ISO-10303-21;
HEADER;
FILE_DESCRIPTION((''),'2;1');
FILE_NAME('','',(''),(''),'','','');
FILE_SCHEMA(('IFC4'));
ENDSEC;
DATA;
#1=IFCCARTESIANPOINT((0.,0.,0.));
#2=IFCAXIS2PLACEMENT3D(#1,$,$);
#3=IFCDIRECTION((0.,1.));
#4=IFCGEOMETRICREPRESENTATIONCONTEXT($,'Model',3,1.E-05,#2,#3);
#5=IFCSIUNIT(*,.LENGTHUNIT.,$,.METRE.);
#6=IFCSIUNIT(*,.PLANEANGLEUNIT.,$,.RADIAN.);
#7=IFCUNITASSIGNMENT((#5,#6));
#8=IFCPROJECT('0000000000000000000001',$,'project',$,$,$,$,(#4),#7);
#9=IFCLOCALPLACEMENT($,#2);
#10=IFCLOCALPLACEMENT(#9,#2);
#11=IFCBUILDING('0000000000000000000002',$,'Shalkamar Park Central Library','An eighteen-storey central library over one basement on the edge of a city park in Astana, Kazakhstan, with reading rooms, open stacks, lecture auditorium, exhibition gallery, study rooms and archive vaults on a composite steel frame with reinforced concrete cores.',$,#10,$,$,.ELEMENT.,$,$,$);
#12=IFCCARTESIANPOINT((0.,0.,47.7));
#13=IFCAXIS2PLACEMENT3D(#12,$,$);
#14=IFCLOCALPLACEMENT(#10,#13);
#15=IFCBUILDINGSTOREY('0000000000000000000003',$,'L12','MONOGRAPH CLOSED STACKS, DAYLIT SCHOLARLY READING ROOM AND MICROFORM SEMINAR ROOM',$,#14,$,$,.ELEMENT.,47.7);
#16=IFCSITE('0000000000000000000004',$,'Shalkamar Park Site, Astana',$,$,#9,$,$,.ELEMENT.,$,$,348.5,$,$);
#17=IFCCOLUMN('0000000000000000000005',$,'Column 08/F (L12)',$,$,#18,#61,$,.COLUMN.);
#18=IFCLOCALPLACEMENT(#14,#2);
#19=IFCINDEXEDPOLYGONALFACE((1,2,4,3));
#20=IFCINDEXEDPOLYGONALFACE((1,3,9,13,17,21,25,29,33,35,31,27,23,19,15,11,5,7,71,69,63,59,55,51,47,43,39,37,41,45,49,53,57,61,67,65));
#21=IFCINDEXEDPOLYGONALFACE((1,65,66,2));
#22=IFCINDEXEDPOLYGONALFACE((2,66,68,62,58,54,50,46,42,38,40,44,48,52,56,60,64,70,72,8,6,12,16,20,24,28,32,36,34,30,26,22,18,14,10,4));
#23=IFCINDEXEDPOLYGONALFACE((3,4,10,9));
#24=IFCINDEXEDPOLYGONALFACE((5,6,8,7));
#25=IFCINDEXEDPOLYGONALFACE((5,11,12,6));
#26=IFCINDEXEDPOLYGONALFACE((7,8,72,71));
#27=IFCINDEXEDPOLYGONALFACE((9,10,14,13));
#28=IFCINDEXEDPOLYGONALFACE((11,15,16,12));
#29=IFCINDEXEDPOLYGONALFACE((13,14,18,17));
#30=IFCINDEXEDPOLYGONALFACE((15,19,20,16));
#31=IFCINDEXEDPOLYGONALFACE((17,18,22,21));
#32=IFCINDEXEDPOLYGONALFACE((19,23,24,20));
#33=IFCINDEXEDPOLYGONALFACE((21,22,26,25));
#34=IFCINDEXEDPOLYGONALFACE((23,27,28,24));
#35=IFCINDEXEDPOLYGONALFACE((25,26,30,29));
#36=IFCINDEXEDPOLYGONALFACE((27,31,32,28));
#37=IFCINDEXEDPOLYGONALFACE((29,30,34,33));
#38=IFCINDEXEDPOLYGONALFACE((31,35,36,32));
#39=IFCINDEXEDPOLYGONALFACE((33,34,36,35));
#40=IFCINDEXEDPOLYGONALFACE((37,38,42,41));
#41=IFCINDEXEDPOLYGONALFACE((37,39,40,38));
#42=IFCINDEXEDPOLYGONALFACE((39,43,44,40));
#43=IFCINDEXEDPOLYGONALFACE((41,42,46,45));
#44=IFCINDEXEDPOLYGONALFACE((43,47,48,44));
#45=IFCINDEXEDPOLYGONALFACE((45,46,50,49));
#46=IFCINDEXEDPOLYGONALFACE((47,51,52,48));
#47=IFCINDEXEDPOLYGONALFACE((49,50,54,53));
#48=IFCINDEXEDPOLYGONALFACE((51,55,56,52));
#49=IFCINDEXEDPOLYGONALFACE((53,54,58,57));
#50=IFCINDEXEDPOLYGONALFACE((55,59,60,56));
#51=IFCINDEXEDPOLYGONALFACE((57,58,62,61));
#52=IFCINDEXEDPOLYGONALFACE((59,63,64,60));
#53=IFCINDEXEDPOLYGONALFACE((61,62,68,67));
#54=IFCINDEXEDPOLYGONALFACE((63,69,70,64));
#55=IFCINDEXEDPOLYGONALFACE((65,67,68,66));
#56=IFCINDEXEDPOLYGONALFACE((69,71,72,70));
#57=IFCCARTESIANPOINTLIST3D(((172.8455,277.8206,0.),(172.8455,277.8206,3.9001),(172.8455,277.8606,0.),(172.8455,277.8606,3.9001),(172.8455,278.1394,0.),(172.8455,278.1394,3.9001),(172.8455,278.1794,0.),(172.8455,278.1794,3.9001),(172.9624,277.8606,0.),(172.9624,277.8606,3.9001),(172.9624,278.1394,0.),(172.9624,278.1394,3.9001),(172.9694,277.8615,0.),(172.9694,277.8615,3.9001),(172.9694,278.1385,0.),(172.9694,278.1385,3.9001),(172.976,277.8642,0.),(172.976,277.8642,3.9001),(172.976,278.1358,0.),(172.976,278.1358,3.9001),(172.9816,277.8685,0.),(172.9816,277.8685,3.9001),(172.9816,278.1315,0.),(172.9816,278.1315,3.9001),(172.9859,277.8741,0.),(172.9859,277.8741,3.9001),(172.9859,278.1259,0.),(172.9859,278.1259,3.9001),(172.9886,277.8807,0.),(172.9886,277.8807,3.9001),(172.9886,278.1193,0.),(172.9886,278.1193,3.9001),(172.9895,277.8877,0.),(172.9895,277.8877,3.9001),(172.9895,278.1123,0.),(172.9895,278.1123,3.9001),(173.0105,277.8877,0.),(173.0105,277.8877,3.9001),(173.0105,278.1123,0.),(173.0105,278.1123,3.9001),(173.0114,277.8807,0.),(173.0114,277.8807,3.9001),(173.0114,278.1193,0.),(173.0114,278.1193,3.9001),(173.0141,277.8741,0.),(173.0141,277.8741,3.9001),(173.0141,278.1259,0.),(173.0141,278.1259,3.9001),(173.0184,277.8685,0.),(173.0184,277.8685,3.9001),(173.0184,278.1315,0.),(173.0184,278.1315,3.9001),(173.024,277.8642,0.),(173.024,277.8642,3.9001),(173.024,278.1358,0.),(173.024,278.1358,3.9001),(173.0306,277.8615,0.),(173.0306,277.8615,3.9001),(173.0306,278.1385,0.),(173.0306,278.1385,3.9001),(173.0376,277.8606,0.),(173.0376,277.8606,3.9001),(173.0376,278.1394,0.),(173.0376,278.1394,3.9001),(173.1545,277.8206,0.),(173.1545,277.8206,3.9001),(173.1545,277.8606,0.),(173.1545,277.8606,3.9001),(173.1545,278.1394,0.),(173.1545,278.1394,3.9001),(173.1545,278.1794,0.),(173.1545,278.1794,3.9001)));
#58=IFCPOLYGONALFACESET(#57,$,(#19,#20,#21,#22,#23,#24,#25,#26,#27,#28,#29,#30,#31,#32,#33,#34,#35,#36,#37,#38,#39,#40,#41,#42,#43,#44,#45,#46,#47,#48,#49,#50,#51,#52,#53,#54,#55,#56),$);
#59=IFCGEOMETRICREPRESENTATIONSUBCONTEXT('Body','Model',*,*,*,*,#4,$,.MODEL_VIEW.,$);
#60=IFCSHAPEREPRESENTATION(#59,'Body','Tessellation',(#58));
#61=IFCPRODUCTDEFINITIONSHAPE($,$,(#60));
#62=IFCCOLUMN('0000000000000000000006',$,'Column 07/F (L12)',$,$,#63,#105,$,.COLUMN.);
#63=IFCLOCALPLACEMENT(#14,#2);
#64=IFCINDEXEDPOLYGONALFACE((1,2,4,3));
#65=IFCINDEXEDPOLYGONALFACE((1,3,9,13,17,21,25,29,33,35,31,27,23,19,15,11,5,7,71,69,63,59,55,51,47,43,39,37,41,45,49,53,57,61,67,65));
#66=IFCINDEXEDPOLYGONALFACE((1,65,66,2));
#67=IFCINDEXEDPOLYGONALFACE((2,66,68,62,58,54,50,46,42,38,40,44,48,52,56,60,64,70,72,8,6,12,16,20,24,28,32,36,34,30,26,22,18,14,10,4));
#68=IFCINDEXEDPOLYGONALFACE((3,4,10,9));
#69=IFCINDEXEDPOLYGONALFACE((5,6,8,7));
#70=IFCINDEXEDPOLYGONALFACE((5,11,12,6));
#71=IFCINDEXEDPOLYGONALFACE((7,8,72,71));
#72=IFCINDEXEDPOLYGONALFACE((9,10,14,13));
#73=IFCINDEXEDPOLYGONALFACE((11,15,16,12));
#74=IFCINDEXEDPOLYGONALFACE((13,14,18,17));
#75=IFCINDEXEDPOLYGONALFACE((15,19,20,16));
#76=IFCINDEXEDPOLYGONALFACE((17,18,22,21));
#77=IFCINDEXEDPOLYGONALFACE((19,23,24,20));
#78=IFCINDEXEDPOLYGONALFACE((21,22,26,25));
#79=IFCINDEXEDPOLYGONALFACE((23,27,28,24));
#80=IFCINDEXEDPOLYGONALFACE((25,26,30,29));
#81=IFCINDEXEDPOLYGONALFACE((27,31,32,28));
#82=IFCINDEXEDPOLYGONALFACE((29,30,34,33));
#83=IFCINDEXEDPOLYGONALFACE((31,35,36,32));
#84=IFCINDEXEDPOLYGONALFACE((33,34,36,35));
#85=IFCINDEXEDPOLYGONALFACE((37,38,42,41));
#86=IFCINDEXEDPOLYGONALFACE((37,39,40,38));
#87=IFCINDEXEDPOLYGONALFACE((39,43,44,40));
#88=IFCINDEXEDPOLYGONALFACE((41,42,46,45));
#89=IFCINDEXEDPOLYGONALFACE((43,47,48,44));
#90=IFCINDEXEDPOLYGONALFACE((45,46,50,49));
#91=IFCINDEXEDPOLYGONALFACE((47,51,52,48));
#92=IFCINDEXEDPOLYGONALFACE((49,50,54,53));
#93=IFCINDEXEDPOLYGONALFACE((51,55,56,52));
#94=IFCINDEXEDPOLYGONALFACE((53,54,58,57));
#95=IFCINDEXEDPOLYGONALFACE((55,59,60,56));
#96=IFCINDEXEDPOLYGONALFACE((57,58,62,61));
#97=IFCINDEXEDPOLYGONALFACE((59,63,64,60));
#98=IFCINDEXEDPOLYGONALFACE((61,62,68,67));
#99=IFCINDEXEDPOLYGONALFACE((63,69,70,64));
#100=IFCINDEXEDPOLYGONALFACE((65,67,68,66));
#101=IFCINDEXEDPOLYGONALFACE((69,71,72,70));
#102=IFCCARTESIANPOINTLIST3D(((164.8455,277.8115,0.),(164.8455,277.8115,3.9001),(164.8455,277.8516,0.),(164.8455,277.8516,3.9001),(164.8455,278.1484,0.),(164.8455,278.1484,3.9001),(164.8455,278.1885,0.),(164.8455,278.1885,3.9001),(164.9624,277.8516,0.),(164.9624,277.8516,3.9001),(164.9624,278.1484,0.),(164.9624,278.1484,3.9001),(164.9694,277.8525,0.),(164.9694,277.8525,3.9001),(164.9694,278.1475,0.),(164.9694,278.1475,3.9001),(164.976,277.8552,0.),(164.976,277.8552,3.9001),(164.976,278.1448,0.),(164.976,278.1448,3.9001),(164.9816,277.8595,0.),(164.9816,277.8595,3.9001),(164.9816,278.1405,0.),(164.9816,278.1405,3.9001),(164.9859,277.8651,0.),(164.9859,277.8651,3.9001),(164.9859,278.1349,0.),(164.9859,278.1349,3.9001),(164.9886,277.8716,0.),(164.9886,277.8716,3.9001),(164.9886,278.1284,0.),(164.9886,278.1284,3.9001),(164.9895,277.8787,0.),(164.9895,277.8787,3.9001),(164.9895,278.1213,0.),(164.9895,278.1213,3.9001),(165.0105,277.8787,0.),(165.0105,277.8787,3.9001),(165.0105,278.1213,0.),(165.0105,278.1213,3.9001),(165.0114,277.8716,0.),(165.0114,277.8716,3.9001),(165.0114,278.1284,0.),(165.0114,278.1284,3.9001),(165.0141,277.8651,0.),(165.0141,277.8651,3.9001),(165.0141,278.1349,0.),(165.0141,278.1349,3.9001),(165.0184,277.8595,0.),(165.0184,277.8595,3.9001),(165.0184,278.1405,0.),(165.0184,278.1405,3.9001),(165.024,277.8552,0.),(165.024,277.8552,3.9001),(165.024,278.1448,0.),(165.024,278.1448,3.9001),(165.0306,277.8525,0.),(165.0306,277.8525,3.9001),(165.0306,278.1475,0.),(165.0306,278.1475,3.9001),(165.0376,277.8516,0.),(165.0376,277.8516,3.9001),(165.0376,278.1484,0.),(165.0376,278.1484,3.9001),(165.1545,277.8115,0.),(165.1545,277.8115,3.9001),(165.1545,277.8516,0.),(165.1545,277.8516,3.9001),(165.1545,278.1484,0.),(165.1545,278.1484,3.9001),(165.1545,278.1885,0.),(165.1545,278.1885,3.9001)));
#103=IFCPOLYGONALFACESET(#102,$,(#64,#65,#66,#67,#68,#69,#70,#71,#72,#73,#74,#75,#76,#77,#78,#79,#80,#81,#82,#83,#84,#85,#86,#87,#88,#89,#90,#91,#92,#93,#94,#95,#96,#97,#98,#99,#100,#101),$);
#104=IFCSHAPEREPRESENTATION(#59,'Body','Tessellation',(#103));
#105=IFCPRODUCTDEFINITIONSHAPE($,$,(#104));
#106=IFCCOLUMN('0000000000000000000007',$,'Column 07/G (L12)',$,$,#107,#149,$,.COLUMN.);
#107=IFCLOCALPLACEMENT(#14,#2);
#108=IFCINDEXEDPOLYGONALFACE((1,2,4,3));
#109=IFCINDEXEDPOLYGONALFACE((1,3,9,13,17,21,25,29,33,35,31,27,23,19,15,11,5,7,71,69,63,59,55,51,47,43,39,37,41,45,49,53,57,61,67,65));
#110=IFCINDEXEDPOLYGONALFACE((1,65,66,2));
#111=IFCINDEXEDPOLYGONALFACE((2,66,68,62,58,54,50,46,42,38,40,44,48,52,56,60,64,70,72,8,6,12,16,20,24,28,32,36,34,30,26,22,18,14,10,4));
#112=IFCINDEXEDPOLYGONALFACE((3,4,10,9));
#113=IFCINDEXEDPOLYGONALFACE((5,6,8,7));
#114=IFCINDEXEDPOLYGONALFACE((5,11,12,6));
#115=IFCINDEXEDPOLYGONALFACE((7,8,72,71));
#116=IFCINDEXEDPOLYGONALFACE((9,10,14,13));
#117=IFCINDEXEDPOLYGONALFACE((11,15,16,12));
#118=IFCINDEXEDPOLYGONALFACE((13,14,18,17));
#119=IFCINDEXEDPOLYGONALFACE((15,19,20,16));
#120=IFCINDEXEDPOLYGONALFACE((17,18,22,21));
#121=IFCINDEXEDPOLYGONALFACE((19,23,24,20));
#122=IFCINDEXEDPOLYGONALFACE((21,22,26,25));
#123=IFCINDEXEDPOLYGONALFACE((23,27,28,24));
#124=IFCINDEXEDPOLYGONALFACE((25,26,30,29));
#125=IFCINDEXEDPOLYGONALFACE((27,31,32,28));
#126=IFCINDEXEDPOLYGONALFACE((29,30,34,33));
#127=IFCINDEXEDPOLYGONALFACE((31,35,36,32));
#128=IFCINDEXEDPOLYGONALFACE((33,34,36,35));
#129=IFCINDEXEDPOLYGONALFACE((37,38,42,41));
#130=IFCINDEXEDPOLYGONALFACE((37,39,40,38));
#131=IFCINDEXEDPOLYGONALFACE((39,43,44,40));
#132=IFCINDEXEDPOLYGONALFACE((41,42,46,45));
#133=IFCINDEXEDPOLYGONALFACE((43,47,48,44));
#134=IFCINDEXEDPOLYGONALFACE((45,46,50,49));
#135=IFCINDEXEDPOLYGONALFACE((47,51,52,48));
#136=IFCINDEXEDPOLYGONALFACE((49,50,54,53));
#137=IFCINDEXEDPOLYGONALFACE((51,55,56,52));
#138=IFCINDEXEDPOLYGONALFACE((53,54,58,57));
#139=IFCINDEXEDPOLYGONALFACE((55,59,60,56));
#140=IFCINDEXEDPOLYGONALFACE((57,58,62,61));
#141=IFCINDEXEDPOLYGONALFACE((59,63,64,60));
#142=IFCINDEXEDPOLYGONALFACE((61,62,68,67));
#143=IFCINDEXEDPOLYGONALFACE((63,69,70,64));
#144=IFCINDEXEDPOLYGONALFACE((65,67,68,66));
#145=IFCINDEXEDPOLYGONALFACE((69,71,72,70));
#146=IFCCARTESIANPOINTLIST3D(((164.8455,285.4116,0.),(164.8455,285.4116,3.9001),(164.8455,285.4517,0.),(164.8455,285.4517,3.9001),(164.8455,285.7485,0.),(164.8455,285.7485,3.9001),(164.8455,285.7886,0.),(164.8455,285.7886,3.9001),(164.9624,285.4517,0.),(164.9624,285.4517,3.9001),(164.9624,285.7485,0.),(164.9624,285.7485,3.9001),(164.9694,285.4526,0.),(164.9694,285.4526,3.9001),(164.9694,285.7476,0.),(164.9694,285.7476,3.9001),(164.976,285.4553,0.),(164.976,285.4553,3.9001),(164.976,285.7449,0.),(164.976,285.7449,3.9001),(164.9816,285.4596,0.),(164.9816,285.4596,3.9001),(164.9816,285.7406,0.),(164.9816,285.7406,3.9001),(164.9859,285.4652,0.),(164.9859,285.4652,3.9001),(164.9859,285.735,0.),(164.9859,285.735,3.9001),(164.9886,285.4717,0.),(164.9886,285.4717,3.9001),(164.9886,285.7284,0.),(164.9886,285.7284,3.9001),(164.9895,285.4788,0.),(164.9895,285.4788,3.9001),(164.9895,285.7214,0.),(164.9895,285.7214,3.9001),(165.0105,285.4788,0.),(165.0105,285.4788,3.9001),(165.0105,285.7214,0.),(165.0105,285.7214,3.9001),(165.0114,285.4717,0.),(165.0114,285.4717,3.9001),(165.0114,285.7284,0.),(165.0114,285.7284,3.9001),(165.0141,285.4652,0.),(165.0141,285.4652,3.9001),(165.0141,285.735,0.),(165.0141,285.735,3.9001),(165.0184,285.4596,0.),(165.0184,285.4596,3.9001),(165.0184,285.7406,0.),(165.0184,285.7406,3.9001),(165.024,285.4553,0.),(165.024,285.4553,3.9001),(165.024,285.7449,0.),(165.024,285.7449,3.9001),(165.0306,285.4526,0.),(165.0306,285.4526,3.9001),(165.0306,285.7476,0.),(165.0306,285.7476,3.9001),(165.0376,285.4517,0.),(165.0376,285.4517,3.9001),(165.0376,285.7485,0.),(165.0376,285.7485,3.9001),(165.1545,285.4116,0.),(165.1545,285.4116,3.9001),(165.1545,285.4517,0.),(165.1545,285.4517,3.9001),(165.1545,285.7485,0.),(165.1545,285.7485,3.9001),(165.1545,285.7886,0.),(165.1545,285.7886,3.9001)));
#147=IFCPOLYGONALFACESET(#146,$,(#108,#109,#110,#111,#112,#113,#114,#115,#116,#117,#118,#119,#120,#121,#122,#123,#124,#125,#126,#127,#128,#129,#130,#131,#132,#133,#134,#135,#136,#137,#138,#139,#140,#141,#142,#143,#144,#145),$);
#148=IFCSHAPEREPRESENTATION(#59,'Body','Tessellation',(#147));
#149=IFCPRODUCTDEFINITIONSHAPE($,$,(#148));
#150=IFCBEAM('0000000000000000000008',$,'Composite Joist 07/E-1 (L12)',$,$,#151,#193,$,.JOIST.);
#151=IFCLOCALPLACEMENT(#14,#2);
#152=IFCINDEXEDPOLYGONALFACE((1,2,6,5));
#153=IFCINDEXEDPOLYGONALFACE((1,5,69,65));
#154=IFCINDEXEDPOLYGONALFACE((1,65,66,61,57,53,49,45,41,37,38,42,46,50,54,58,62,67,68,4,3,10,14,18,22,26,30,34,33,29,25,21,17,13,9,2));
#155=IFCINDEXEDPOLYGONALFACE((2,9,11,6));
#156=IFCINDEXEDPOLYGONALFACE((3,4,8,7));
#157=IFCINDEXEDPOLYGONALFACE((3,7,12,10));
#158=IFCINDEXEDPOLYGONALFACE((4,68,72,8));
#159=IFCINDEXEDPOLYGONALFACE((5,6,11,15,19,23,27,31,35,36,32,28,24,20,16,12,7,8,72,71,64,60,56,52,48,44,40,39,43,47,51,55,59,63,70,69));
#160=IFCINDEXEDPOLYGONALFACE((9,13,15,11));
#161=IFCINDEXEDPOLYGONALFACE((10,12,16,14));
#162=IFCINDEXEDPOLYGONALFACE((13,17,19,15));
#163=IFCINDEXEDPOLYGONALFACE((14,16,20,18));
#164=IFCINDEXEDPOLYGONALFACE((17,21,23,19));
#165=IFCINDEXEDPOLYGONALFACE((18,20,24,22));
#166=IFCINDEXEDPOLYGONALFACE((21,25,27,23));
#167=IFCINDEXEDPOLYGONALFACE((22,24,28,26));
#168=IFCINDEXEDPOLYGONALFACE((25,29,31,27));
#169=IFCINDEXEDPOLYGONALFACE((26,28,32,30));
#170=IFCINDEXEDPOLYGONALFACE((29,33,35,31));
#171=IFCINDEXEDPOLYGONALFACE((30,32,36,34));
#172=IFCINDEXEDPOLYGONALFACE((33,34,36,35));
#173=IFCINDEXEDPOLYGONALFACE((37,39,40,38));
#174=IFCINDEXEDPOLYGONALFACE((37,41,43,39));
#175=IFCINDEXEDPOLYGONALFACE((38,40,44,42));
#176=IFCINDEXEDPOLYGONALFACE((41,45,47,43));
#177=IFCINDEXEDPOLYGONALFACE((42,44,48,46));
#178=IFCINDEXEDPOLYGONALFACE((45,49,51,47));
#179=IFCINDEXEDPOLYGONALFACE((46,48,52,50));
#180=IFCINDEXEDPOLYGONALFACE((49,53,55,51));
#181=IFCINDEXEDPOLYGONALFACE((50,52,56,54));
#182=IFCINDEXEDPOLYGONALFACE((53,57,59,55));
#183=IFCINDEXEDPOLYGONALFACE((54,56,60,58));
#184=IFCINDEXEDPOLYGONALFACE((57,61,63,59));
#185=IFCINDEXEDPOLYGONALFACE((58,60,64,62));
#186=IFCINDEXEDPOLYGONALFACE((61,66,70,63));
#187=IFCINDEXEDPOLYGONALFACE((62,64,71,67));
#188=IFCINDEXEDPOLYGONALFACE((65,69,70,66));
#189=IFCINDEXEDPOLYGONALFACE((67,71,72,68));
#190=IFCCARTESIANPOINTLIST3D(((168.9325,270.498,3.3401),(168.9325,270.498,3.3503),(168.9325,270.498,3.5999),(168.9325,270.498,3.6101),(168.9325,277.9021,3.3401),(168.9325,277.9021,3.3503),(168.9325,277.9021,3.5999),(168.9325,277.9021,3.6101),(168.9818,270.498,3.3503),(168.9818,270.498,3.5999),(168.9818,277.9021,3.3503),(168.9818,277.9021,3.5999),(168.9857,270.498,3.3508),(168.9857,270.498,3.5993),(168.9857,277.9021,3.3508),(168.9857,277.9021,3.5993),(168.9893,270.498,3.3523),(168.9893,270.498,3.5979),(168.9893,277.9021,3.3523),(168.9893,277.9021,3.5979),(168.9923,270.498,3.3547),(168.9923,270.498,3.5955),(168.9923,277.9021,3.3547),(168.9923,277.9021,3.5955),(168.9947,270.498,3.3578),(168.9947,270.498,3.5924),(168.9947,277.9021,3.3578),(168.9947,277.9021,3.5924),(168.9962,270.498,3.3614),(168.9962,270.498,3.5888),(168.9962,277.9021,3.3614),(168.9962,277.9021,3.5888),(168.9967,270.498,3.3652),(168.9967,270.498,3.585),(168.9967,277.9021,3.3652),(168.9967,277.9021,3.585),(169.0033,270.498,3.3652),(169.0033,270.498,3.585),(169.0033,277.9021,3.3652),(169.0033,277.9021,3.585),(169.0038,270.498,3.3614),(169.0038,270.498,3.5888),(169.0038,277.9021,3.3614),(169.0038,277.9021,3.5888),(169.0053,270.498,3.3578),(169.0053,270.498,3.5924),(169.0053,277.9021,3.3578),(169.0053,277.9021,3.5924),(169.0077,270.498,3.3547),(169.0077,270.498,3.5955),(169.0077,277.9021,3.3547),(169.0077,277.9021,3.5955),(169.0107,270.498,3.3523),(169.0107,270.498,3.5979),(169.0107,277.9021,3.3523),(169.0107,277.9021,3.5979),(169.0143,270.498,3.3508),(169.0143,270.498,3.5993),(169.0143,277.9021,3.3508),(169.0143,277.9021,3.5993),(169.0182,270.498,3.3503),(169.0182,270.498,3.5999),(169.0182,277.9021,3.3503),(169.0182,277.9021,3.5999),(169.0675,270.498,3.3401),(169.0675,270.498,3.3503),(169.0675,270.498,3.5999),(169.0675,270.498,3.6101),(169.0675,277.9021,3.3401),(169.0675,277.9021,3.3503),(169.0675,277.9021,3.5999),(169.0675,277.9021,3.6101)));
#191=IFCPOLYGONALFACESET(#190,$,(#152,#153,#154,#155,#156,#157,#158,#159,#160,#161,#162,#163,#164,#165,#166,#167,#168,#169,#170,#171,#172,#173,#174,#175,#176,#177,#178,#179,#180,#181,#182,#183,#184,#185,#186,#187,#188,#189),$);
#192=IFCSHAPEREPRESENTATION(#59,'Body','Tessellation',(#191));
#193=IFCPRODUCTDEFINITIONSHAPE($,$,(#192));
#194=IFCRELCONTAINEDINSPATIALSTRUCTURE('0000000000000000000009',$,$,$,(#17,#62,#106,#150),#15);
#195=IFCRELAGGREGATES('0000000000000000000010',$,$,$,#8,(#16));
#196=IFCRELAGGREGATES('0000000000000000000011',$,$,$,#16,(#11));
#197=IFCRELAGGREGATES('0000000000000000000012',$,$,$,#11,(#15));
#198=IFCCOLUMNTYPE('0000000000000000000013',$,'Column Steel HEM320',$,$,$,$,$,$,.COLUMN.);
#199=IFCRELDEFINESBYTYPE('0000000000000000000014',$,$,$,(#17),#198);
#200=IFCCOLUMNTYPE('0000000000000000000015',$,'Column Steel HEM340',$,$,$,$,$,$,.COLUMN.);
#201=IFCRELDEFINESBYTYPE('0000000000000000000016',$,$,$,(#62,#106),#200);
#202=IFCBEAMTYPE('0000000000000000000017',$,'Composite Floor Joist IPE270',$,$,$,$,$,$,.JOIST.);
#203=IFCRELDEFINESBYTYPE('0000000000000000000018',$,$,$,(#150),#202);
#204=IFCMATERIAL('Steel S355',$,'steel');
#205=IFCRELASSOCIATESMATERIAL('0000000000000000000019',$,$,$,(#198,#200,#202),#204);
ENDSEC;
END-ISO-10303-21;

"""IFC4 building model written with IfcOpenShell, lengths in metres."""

from ifc_helpers import new_model, si_unit, direction, frame, origin, origin_2d, place, context, subcontext, project, spatial, i_section, extrude, material, material_profile, profile_set, type_object, element, save


model = new_model("IFC4")

# Units and contexts
model_context = context("Model", 3, precision=1e-05, world=origin(), true_north=direction((0.0, 1.0)))
body_context = subcontext(model_context, "Body", "Model", "MODEL_VIEW")
ifc_project = project(units=[si_unit("LENGTHUNIT", "METRE"), si_unit("PLANEANGLEUNIT", "RADIAN")], contexts=[model_context])

# Site, building, storey
site_placement = place(None, origin())
site = spatial("IfcSite", under=ifc_project, at=site_placement, Name="Shalkamar Park Site, Astana", CompositionType="ELEMENT", RefElevation=348.5)
building_placement = place(site_placement, origin())
building = spatial("IfcBuilding", under=site, at=building_placement, Name="Shalkamar Park Central Library", Description="An eighteen-storey central library over one basement on the edge of a city park in Astana, Kazakhstan, with reading rooms, open stacks, lecture auditorium, exhibition gallery, study rooms and archive vaults on a composite steel frame with reinforced concrete cores.", CompositionType="ELEMENT")
storey_placement = place(building_placement, frame((0.0, 0.0, 47.7)))
storey = spatial("IfcBuildingStorey", under=building, at=storey_placement, Name="L12", Description="MONOGRAPH CLOSED STACKS, DAYLIT SCHOLARLY READING ROOM AND MICROFORM SEMINAR ROOM", CompositionType="ELEMENT", Elevation=47.7)

# Columns
ifc_material_1 = material(Name="Steel S355", Category="steel")
ifc_material_profile_1 = material_profile(ifc_material_1, i_section(OverallWidth=0.3091, OverallDepth=0.3589, WebThickness=0.021, FlangeThickness=0.04, FilletRadius=0.0271, at=origin_2d()), Name="HEM 320")
ifc_profile_set_1 = profile_set([ifc_material_profile_1], Name="Steel S355")
column_type_1 = type_object("IfcColumnType", Name="Column Steel HEM320", PredefinedType="COLUMN", material=ifc_profile_set_1)
column_placement = place(storey_placement, frame((173.0, 278.0, 0.0), z_axis=(0.0, 0.0, 1.0), x_axis=(1.0, 0.0, 0.0)))
element("IfcColumn", 1, at=column_placement, inside=storey, type_object=column_type_1, Name="Column 08/F (L12)", PredefinedType="COLUMN", context=body_context, shape_type="SweptSolid", body=[
    extrude(i_section(OverallWidth=0.3091, OverallDepth=0.3589, WebThickness=0.021, FlangeThickness=0.04, FilletRadius=0.0271, at=origin_2d()), origin(), (0.0, 0.0, 1.0), 3.9001),
])
ifc_material_profile_2 = material_profile(ifc_material_1, i_section(OverallWidth=0.3091, OverallDepth=0.377, WebThickness=0.021, FlangeThickness=0.04, FilletRadius=0.0271, at=origin_2d()), Name="HEM 340")
ifc_profile_set_2 = profile_set([ifc_material_profile_2], Name="Steel S355")
column_type_2 = type_object("IfcColumnType", Name="Column Steel HEM340", PredefinedType="COLUMN", material=ifc_profile_set_2)
for number, where, z_axis, x_axis, name in (
    (2, (165.0, 278.0, 0.0), (0.0, 0.0, 1.0), (1.0, 0.0, 0.0), "Column 07/F (L12)"),
    (3, (165.0, 285.6001, 0.0), (0.0, 0.0, 1.0), (1.0, 0.0, 0.0), "Column 07/G (L12)"),
):
    element("IfcColumn", number, at=place(storey_placement, frame(where, z_axis=z_axis, x_axis=x_axis)), inside=storey, type_object=column_type_2, Name=name, PredefinedType="COLUMN", context=body_context, shape_type="SweptSolid", body=[
        extrude(i_section(OverallWidth=0.3091, OverallDepth=0.377, WebThickness=0.021, FlangeThickness=0.04, FilletRadius=0.0271, at=origin_2d()), origin(), (0.0, 0.0, 1.0), 3.9001),
    ])

# Beam
ifc_material_profile_3 = material_profile(ifc_material_1, i_section(OverallWidth=0.135, OverallDepth=0.27, WebThickness=0.0066, FlangeThickness=0.0103, FilletRadius=0.0149, at=origin_2d()), Name="IPE 270")
ifc_profile_set_3 = profile_set([ifc_material_profile_3], Name="Steel S355")
beam_type_1 = type_object("IfcBeamType", Name="Composite Floor Joist IPE270", PredefinedType="JOIST", material=ifc_profile_set_3)
beam_1_placement = place(storey_placement, frame((169.0, 270.498, 3.4751), z_axis=(0.0, 1.0, 0.0), x_axis=(-1.0, 0.0, 0.0)))
element("IfcBeam", 4, at=beam_1_placement, inside=storey, type_object=beam_type_1, Name="Composite Joist 07/E-1 (L12)", PredefinedType="JOIST", context=body_context, shape_type="SweptSolid", body=[
    extrude(i_section(OverallWidth=0.135, OverallDepth=0.27, WebThickness=0.0066, FlangeThickness=0.0103, FilletRadius=0.0149, at=origin_2d()), origin(), (0.0, 0.0, 1.0), 7.4041),
])

save(model, "model.ifc")
